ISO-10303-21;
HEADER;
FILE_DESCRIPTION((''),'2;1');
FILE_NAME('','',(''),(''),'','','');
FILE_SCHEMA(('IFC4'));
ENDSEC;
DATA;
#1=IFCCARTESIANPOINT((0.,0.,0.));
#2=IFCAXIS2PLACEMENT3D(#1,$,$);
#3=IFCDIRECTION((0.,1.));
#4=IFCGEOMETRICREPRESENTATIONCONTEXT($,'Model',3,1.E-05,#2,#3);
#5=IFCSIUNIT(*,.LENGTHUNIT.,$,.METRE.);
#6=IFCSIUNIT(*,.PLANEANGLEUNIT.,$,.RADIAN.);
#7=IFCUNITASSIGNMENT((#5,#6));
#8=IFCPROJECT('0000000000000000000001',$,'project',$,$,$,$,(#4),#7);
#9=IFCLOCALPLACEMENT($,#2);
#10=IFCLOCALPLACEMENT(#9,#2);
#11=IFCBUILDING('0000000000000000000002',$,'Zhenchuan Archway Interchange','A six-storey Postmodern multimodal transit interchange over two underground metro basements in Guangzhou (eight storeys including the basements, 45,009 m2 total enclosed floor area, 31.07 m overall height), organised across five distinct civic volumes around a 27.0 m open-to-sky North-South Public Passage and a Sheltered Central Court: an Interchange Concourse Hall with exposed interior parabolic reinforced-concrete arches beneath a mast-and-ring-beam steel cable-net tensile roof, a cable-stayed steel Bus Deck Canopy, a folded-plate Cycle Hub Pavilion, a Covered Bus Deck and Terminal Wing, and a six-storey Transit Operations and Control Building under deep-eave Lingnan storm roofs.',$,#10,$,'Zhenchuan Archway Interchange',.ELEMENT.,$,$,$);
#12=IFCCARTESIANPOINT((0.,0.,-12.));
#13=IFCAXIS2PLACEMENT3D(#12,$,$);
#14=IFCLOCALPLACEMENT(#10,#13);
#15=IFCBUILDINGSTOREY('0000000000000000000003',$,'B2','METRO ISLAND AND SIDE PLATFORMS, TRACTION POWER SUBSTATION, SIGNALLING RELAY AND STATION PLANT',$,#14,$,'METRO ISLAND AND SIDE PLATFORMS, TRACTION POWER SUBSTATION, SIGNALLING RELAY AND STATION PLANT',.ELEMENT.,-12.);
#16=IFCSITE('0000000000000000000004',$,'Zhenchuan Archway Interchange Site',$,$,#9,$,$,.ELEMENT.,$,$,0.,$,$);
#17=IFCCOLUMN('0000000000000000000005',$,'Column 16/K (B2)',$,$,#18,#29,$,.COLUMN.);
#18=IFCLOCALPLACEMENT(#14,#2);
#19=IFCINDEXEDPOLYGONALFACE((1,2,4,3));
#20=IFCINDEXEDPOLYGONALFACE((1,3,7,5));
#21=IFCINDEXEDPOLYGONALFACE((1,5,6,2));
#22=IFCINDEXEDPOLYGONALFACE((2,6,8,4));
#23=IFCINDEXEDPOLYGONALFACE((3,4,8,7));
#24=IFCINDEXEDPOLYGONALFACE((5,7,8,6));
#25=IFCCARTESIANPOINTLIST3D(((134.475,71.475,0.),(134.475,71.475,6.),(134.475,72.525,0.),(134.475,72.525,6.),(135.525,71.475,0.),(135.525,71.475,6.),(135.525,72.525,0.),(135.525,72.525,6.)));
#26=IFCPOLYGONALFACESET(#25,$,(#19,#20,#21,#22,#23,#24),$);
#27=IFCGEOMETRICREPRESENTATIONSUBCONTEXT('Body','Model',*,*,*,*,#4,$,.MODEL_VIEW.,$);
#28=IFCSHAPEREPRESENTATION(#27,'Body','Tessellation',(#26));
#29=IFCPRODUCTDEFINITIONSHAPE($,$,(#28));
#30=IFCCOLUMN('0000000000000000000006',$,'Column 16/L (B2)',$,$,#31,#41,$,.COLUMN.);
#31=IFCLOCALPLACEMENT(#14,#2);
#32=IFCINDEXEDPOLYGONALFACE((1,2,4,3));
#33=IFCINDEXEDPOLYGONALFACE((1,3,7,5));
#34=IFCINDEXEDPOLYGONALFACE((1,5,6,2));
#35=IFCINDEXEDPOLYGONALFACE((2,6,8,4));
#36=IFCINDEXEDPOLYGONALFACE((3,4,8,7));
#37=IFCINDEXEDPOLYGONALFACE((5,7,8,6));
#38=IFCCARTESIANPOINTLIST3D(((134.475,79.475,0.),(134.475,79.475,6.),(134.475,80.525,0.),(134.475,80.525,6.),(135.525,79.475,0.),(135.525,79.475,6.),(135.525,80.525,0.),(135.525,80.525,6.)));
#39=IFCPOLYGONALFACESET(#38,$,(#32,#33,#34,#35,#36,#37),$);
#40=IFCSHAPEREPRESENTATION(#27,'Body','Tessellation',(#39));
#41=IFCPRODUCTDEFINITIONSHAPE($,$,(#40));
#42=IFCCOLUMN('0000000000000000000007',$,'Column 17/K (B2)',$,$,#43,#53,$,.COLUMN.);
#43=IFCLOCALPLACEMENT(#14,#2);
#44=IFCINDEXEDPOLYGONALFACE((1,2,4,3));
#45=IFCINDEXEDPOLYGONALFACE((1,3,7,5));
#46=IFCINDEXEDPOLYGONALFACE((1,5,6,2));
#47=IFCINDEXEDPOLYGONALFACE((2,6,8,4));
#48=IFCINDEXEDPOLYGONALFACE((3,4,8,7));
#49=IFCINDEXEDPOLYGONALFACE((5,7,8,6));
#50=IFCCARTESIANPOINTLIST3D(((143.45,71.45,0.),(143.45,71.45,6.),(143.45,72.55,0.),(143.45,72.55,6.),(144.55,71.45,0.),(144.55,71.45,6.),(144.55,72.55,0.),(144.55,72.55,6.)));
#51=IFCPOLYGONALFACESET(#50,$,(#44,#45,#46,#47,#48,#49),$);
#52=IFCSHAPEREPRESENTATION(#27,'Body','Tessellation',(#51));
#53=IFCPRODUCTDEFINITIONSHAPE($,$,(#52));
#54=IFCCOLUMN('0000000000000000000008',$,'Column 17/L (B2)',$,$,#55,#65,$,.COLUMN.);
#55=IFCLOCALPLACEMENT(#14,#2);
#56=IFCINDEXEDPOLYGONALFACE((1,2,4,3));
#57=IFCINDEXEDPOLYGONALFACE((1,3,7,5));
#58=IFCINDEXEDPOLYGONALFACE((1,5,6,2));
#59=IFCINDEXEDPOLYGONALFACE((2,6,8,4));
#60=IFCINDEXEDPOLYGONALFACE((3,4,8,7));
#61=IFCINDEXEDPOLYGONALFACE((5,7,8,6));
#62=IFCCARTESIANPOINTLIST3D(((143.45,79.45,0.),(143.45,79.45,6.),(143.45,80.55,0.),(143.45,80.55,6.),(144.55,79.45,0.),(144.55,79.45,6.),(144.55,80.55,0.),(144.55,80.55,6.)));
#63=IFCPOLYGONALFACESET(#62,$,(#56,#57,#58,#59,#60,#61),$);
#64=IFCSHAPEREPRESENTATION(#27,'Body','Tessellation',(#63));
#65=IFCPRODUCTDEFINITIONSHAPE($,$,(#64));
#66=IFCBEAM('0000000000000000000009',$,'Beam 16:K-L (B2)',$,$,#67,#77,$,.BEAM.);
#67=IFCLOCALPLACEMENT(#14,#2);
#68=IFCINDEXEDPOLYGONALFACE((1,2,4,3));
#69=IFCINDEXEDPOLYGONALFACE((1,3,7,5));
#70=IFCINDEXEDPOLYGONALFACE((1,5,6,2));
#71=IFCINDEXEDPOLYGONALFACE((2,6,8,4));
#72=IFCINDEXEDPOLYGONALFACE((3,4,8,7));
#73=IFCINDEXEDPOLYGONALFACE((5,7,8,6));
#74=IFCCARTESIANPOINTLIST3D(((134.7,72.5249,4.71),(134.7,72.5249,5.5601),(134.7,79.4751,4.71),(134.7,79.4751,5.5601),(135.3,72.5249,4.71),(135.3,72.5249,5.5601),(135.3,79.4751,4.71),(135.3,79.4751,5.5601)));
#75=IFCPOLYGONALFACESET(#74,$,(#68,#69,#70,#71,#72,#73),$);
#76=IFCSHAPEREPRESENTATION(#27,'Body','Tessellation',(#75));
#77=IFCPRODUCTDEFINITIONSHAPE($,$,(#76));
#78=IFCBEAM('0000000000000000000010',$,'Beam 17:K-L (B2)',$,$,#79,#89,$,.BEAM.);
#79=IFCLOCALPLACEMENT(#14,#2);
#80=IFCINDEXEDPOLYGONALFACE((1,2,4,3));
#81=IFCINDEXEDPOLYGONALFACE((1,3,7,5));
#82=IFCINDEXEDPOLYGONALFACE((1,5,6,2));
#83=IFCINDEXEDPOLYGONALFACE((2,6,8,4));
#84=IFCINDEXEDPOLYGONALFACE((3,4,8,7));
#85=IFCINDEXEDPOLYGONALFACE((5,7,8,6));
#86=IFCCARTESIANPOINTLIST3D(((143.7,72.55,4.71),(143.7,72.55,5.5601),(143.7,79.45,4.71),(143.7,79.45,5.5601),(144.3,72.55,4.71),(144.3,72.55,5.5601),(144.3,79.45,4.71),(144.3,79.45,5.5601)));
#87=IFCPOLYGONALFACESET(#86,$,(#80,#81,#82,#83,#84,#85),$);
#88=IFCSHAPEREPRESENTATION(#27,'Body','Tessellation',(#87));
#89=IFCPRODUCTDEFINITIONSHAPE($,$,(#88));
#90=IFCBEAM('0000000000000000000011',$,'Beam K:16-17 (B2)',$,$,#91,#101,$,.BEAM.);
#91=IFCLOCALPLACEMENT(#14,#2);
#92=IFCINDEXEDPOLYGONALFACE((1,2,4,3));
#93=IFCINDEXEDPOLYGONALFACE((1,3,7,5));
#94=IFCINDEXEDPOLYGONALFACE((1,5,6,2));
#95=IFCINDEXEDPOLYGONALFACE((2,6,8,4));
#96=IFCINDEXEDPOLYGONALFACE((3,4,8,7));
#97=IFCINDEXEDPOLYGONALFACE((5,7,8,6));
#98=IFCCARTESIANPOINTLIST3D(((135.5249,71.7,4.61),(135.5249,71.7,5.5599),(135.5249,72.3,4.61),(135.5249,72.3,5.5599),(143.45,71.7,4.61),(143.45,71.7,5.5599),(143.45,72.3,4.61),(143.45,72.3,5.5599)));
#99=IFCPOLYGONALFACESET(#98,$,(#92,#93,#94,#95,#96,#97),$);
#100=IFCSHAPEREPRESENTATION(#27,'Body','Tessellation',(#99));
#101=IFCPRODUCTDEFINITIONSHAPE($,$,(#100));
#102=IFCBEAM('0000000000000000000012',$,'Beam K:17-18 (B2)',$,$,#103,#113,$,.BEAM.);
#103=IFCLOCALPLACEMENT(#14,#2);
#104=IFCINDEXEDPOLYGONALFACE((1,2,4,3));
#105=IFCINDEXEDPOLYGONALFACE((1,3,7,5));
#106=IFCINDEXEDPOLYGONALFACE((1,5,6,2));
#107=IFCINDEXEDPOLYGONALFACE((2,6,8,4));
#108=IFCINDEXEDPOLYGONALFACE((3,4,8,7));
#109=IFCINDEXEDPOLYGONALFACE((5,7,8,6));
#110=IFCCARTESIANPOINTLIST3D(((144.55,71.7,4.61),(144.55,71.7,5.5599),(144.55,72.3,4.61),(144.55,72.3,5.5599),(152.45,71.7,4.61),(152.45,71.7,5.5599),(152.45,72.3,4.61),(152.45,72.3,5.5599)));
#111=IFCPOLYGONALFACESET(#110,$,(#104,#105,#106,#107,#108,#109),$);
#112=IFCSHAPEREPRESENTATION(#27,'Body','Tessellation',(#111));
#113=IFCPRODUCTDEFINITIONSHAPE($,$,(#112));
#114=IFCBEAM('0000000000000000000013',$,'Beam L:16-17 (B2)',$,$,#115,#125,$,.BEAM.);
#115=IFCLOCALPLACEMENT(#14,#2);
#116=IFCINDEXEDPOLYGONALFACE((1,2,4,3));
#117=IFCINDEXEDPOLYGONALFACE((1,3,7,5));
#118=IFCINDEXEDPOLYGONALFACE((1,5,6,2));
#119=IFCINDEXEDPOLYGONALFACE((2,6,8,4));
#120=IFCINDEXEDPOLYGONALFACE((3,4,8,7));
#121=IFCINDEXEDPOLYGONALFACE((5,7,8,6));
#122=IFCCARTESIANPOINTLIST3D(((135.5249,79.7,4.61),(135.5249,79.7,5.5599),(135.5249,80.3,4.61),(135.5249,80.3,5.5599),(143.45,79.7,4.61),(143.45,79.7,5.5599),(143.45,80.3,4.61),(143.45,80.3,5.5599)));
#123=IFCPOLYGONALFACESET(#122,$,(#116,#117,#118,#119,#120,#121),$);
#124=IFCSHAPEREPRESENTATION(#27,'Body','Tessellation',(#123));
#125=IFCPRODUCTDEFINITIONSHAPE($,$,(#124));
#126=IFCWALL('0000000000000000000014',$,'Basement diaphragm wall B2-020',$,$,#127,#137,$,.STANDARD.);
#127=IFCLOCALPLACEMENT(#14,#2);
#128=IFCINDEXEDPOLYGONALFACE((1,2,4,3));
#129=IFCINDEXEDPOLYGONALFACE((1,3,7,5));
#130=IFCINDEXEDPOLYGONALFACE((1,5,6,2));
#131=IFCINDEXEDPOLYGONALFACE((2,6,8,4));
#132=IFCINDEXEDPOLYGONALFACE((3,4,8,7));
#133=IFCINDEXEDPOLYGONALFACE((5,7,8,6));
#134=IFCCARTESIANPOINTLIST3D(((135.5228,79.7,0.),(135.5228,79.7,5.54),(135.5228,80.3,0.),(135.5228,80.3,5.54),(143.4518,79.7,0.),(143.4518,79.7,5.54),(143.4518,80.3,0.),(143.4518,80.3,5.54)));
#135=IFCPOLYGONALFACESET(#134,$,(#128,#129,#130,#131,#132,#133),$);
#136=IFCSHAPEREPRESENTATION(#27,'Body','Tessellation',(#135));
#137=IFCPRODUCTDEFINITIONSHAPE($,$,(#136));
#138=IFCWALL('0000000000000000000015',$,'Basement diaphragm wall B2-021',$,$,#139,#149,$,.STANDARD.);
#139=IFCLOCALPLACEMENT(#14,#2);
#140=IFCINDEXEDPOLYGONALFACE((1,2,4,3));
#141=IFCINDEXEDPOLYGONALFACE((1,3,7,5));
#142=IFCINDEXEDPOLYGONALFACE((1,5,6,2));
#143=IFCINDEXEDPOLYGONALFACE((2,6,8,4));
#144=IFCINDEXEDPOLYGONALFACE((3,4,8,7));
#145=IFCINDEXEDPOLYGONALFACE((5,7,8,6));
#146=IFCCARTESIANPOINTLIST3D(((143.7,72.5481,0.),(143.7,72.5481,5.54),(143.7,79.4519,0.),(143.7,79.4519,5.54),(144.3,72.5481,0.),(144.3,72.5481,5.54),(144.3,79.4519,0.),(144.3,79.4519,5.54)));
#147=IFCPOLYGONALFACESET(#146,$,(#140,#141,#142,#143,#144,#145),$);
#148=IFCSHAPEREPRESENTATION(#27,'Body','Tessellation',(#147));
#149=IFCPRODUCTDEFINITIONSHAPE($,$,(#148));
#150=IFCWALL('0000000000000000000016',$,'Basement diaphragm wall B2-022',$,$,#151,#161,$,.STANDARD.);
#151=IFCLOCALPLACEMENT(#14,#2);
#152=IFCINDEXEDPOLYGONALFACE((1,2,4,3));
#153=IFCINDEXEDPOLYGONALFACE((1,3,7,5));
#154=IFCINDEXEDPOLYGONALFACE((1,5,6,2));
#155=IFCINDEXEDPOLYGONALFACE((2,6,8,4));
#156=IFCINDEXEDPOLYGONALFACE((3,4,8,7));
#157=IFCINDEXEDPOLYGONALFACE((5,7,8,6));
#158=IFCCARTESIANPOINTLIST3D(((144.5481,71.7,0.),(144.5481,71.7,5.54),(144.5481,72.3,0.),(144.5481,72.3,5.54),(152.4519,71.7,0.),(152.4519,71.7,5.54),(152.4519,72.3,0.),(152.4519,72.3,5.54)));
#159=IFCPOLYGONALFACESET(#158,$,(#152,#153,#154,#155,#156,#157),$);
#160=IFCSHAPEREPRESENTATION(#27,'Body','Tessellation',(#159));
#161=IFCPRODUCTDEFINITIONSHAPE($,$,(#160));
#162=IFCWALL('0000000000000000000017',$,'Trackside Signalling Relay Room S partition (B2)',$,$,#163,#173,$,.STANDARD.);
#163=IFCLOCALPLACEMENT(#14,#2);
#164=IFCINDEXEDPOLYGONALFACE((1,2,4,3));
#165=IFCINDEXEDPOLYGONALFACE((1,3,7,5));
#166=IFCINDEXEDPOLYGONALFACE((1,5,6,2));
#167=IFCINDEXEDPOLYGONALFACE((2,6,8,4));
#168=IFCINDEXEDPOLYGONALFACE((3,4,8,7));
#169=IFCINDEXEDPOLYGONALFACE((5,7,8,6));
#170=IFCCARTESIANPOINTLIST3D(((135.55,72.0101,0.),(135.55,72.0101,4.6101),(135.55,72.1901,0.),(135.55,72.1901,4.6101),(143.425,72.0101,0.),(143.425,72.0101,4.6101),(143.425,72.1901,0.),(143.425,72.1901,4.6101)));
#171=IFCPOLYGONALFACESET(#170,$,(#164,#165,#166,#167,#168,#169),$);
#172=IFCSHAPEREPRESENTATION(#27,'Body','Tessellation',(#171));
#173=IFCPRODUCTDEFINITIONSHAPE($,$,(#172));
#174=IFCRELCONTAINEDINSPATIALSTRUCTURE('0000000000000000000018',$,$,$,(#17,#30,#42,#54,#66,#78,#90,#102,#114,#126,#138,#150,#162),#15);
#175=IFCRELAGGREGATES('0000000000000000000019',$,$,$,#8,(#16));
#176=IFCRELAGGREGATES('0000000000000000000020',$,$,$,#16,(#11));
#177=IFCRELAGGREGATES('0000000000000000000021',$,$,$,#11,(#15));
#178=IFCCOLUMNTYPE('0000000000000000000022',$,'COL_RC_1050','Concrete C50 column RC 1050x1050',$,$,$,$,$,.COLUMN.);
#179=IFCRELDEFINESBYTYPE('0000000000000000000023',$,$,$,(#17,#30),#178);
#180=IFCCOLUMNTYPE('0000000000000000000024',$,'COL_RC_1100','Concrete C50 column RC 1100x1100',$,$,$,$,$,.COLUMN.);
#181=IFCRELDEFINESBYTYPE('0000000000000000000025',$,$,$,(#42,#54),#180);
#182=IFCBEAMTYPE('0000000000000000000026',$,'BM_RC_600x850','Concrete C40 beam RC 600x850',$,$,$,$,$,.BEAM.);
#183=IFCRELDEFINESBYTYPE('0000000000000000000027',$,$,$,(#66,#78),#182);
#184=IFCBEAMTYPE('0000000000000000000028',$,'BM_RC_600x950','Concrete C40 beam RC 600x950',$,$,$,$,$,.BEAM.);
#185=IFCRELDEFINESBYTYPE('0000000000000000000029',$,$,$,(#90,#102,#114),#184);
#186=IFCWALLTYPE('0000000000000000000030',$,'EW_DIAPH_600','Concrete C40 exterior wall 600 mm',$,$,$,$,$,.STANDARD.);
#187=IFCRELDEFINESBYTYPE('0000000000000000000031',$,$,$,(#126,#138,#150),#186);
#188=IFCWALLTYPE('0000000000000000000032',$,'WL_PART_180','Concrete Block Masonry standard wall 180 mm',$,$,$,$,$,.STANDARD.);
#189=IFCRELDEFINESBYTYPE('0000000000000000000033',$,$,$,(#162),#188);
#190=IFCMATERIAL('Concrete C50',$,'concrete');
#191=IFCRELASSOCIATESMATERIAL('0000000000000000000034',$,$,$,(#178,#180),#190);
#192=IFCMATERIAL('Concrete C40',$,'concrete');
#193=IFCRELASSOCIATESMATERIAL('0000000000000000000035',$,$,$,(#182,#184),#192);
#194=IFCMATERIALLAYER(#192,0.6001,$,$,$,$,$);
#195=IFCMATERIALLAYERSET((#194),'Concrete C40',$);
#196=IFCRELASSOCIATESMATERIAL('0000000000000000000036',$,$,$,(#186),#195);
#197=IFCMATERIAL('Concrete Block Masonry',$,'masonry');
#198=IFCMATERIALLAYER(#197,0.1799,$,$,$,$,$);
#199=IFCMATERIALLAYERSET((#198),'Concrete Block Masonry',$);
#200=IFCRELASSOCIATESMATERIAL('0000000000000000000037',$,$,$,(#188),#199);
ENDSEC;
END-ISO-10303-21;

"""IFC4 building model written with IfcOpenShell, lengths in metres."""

from ifc_helpers import new_model, si_unit, direction, frame, frame_2d, origin, origin_2d, place, context, subcontext, project, spatial, rectangle, extrude, material, layer, layer_set, material_profile, profile_set, type_object, element, save


model = new_model("IFC4")

# Units and contexts
model_context = context("Model", 3, precision=1e-05, world=origin(), true_north=direction((0.0, 1.0)))
body_context = subcontext(model_context, "Body", "Model", "MODEL_VIEW")
ifc_project = project(units=[si_unit("LENGTHUNIT", "METRE"), si_unit("PLANEANGLEUNIT", "RADIAN")], contexts=[model_context])

# Site, building, storey
site_placement = place(None, origin())
site = spatial("IfcSite", under=ifc_project, at=site_placement, Name="Zhenchuan Archway Interchange Site", CompositionType="ELEMENT", RefElevation=0.0)
building_placement = place(site_placement, origin())
building = spatial("IfcBuilding", under=site, at=building_placement, Name="Zhenchuan Archway Interchange", Description="A six-storey Postmodern multimodal transit interchange over two underground metro basements in Guangzhou (eight storeys including the basements, 45,009 m2 total enclosed floor area, 31.07 m overall height), organised across five distinct civic volumes around a 27.0 m open-to-sky North-South Public Passage and a Sheltered Central Court: an Interchange Concourse Hall with exposed interior parabolic reinforced-concrete arches beneath a mast-and-ring-beam steel cable-net tensile roof, a cable-stayed steel Bus Deck Canopy, a folded-plate Cycle Hub Pavilion, a Covered Bus Deck and Terminal Wing, and a six-storey Transit Operations and Control Building under deep-eave Lingnan storm roofs.", LongName="Zhenchuan Archway Interchange", CompositionType="ELEMENT")
storey_placement = place(building_placement, frame((0.0, 0.0, -12.0)))
storey = spatial("IfcBuildingStorey", under=building, at=storey_placement, Name="B2", Description="METRO ISLAND AND SIDE PLATFORMS, TRACTION POWER SUBSTATION, SIGNALLING RELAY AND STATION PLANT", LongName="METRO ISLAND AND SIDE PLATFORMS, TRACTION POWER SUBSTATION, SIGNALLING RELAY AND STATION PLANT", CompositionType="ELEMENT", Elevation=-12.0)

# Shared definitions
ifc_material_1 = material(Name="Concrete C40", Category="concrete")

# Columns
ifc_material_2 = material(Name="Concrete C50", Category="concrete")
ifc_material_profile_1 = material_profile(ifc_material_2, rectangle(XDim=1.05, YDim=1.05, at=origin_2d()), Name="RC 1050x1050")
ifc_profile_set_1 = profile_set([ifc_material_profile_1], Name="Concrete C50")
column_type_1 = type_object("IfcColumnType", Name="COL_RC_1050", Description="Concrete C50 column RC 1050x1050", PredefinedType="COLUMN", material=ifc_profile_set_1)
for number, where, z_axis, x_axis, name in (
    (1, (135.0, 72.0, 0.0), (0.0, 0.0, 1.0), (1.0, 0.0, 0.0), "Column 16/K (B2)"),
    (2, (135.0, 80.0, 0.0), (0.0, 0.0, 1.0), (1.0, 0.0, 0.0), "Column 16/L (B2)"),
):
    element("IfcColumn", number, at=place(storey_placement, frame(where, z_axis=z_axis, x_axis=x_axis)), inside=storey, type_object=column_type_1, Name=name, PredefinedType="COLUMN", context=body_context, shape_type="SweptSolid", body=[
        extrude(rectangle(XDim=1.05, YDim=1.05, at=origin_2d()), origin(), (0.0, 0.0, 1.0), 6.0),
    ])
ifc_material_profile_2 = material_profile(ifc_material_2, rectangle(XDim=1.1001, YDim=1.1001, at=origin_2d()), Name="RC 1100x1100")
ifc_profile_set_2 = profile_set([ifc_material_profile_2], Name="Concrete C50")
column_type_2 = type_object("IfcColumnType", Name="COL_RC_1100", Description="Concrete C50 column RC 1100x1100", PredefinedType="COLUMN", material=ifc_profile_set_2)
for number, where, z_axis, x_axis, name in (
    (3, (144.0, 72.0, 0.0), (0.0, 0.0, 1.0), (1.0, 0.0, 0.0), "Column 17/K (B2)"),
    (4, (144.0, 80.0, 0.0), (0.0, 0.0, 1.0), (1.0, 0.0, 0.0), "Column 17/L (B2)"),
):
    element("IfcColumn", number, at=place(storey_placement, frame(where, z_axis=z_axis, x_axis=x_axis)), inside=storey, type_object=column_type_2, Name=name, PredefinedType="COLUMN", context=body_context, shape_type="SweptSolid", body=[
        extrude(rectangle(XDim=1.1001, YDim=1.1001, at=origin_2d()), origin(), (0.0, 0.0, 1.0), 6.0),
    ])

# Beams
ifc_material_profile_3 = material_profile(ifc_material_1, rectangle(XDim=0.6001, YDim=0.8501, at=origin_2d()), Name="RC 600x850")
ifc_profile_set_3 = profile_set([ifc_material_profile_3], Name="Concrete C40")
beam_type_1 = type_object("IfcBeamType", Name="BM_RC_600x850", Description="Concrete C40 beam RC 600x850", PredefinedType="BEAM", material=ifc_profile_set_3)
beam_1_placement = place(storey_placement, frame((135.0, 72.5249, 5.135), z_axis=(0.0, 1.0, 0.0), x_axis=(-1.0, 0.0, 0.0)))
element("IfcBeam", 5, at=beam_1_placement, inside=storey, type_object=beam_type_1, Name="Beam 16:K-L (B2)", PredefinedType="BEAM", context=body_context, shape_type="SweptSolid", body=[
    extrude(rectangle(XDim=0.6001, YDim=0.8501, at=origin_2d()), origin(), (0.0, 0.0, 1.0), 6.9502),
])
beam_2_placement = place(storey_placement, frame((144.0, 72.55, 5.135), z_axis=(0.0, 1.0, 0.0), x_axis=(-1.0, 0.0, 0.0)))
element("IfcBeam", 6, at=beam_2_placement, inside=storey, type_object=beam_type_1, Name="Beam 17:K-L (B2)", PredefinedType="BEAM", context=body_context, shape_type="SweptSolid", body=[
    extrude(rectangle(XDim=0.6001, YDim=0.8501, at=origin_2d()), origin(), (0.0, 0.0, 1.0), 6.8999),
])
ifc_material_profile_4 = material_profile(ifc_material_1, rectangle(XDim=0.6001, YDim=0.95, at=origin_2d()), Name="RC 600x950")
ifc_profile_set_4 = profile_set([ifc_material_profile_4], Name="Concrete C40")
beam_type_2 = type_object("IfcBeamType", Name="BM_RC_600x950", Description="Concrete C40 beam RC 600x950", PredefinedType="BEAM", material=ifc_profile_set_4)
beam_3_placement = place(storey_placement, frame((135.5249, 72.0, 5.085), z_axis=(1.0, 0.0, 0.0), x_axis=(0.0, 1.0, 0.0)))
element("IfcBeam", 7, at=beam_3_placement, inside=storey, type_object=beam_type_2, Name="Beam K:16-17 (B2)", PredefinedType="BEAM", context=body_context, shape_type="SweptSolid", body=[
    extrude(rectangle(XDim=0.6001, YDim=0.95, at=origin_2d()), origin(), (0.0, 0.0, 1.0), 7.925),
])
beam_4_placement = place(storey_placement, frame((144.55, 72.0, 5.085), z_axis=(1.0, 0.0, 0.0), x_axis=(0.0, 1.0, 0.0)))
element("IfcBeam", 8, at=beam_4_placement, inside=storey, type_object=beam_type_2, Name="Beam K:17-18 (B2)", PredefinedType="BEAM", context=body_context, shape_type="SweptSolid", body=[
    extrude(rectangle(XDim=0.6001, YDim=0.95, at=origin_2d()), origin(), (0.0, 0.0, 1.0), 7.8999),
])
beam_5_placement = place(storey_placement, frame((135.5249, 80.0, 5.085), z_axis=(1.0, 0.0, 0.0), x_axis=(0.0, 1.0, 0.0)))
element("IfcBeam", 9, at=beam_5_placement, inside=storey, type_object=beam_type_2, Name="Beam L:16-17 (B2)", PredefinedType="BEAM", context=body_context, shape_type="SweptSolid", body=[
    extrude(rectangle(XDim=0.6001, YDim=0.95, at=origin_2d()), origin(), (0.0, 0.0, 1.0), 7.925),
])

# Walls
ifc_layer_1 = layer(ifc_material_1, 0.6001)
ifc_layer_set_1 = layer_set([ifc_layer_1], Name="Concrete C40")
wall_type_1 = type_object("IfcWallType", Name="EW_DIAPH_600", Description="Concrete C40 exterior wall 600 mm", PredefinedType="STANDARD", material=ifc_layer_set_1)
wall_1_placement = place(storey_placement, frame((135.5229, 80.0, 0.0), z_axis=(0.0, 0.0, 1.0), x_axis=(1.0, 0.0, 0.0)))
element("IfcWall", 10, at=wall_1_placement, inside=storey, type_object=wall_type_1, Name="Basement diaphragm wall B2-020", PredefinedType="STANDARD", context=body_context, shape_type="SweptSolid", body=[
    extrude(rectangle(XDim=7.929, YDim=0.6001, at=frame_2d((3.9644, 0.0))), origin(), (0.0, 0.0, 1.0), 5.54),
])
wall_2_placement = place(storey_placement, frame((144.0, 79.4519, 0.0), z_axis=(0.0, 0.0, 1.0), x_axis=(0.0, -1.0, 0.0)))
element("IfcWall", 11, at=wall_2_placement, inside=storey, type_object=wall_type_1, Name="Basement diaphragm wall B2-021", PredefinedType="STANDARD", context=body_context, shape_type="SweptSolid", body=[
    extrude(rectangle(XDim=6.9038, YDim=0.6001, at=frame_2d((3.4519, 0.0))), origin(), (0.0, 0.0, 1.0), 5.54),
])
wall_3_placement = place(storey_placement, frame((144.5481, 72.0, 0.0), z_axis=(0.0, 0.0, 1.0), x_axis=(1.0, 0.0, 0.0)))
element("IfcWall", 12, at=wall_3_placement, inside=storey, type_object=wall_type_1, Name="Basement diaphragm wall B2-022", PredefinedType="STANDARD", context=body_context, shape_type="SweptSolid", body=[
    extrude(rectangle(XDim=7.9038, YDim=0.6001, at=frame_2d((3.9519, 0.0))), origin(), (0.0, 0.0, 1.0), 5.54),
])
ifc_material_3 = material(Name="Concrete Block Masonry", Category="masonry")
ifc_layer_2 = layer(ifc_material_3, 0.1799)
ifc_layer_set_2 = layer_set([ifc_layer_2], Name="Concrete Block Masonry")
wall_type_2 = type_object("IfcWallType", Name="WL_PART_180", Description="Concrete Block Masonry standard wall 180 mm", PredefinedType="STANDARD", material=ifc_layer_set_2)
wall_4_placement = place(storey_placement, frame((135.55, 72.1001, 0.0), z_axis=(0.0, 0.0, 1.0), x_axis=(1.0, 0.0, 0.0)))
element("IfcWall", 13, at=wall_4_placement, inside=storey, type_object=wall_type_2, Name="Trackside Signalling Relay Room S partition (B2)", PredefinedType="STANDARD", context=body_context, shape_type="SweptSolid", body=[
    extrude(rectangle(XDim=7.875, YDim=0.1799, at=frame_2d((3.9375, 0.0))), origin(), (0.0, 0.0, 1.0), 4.6101),
])

save(model, "model.ifc")
